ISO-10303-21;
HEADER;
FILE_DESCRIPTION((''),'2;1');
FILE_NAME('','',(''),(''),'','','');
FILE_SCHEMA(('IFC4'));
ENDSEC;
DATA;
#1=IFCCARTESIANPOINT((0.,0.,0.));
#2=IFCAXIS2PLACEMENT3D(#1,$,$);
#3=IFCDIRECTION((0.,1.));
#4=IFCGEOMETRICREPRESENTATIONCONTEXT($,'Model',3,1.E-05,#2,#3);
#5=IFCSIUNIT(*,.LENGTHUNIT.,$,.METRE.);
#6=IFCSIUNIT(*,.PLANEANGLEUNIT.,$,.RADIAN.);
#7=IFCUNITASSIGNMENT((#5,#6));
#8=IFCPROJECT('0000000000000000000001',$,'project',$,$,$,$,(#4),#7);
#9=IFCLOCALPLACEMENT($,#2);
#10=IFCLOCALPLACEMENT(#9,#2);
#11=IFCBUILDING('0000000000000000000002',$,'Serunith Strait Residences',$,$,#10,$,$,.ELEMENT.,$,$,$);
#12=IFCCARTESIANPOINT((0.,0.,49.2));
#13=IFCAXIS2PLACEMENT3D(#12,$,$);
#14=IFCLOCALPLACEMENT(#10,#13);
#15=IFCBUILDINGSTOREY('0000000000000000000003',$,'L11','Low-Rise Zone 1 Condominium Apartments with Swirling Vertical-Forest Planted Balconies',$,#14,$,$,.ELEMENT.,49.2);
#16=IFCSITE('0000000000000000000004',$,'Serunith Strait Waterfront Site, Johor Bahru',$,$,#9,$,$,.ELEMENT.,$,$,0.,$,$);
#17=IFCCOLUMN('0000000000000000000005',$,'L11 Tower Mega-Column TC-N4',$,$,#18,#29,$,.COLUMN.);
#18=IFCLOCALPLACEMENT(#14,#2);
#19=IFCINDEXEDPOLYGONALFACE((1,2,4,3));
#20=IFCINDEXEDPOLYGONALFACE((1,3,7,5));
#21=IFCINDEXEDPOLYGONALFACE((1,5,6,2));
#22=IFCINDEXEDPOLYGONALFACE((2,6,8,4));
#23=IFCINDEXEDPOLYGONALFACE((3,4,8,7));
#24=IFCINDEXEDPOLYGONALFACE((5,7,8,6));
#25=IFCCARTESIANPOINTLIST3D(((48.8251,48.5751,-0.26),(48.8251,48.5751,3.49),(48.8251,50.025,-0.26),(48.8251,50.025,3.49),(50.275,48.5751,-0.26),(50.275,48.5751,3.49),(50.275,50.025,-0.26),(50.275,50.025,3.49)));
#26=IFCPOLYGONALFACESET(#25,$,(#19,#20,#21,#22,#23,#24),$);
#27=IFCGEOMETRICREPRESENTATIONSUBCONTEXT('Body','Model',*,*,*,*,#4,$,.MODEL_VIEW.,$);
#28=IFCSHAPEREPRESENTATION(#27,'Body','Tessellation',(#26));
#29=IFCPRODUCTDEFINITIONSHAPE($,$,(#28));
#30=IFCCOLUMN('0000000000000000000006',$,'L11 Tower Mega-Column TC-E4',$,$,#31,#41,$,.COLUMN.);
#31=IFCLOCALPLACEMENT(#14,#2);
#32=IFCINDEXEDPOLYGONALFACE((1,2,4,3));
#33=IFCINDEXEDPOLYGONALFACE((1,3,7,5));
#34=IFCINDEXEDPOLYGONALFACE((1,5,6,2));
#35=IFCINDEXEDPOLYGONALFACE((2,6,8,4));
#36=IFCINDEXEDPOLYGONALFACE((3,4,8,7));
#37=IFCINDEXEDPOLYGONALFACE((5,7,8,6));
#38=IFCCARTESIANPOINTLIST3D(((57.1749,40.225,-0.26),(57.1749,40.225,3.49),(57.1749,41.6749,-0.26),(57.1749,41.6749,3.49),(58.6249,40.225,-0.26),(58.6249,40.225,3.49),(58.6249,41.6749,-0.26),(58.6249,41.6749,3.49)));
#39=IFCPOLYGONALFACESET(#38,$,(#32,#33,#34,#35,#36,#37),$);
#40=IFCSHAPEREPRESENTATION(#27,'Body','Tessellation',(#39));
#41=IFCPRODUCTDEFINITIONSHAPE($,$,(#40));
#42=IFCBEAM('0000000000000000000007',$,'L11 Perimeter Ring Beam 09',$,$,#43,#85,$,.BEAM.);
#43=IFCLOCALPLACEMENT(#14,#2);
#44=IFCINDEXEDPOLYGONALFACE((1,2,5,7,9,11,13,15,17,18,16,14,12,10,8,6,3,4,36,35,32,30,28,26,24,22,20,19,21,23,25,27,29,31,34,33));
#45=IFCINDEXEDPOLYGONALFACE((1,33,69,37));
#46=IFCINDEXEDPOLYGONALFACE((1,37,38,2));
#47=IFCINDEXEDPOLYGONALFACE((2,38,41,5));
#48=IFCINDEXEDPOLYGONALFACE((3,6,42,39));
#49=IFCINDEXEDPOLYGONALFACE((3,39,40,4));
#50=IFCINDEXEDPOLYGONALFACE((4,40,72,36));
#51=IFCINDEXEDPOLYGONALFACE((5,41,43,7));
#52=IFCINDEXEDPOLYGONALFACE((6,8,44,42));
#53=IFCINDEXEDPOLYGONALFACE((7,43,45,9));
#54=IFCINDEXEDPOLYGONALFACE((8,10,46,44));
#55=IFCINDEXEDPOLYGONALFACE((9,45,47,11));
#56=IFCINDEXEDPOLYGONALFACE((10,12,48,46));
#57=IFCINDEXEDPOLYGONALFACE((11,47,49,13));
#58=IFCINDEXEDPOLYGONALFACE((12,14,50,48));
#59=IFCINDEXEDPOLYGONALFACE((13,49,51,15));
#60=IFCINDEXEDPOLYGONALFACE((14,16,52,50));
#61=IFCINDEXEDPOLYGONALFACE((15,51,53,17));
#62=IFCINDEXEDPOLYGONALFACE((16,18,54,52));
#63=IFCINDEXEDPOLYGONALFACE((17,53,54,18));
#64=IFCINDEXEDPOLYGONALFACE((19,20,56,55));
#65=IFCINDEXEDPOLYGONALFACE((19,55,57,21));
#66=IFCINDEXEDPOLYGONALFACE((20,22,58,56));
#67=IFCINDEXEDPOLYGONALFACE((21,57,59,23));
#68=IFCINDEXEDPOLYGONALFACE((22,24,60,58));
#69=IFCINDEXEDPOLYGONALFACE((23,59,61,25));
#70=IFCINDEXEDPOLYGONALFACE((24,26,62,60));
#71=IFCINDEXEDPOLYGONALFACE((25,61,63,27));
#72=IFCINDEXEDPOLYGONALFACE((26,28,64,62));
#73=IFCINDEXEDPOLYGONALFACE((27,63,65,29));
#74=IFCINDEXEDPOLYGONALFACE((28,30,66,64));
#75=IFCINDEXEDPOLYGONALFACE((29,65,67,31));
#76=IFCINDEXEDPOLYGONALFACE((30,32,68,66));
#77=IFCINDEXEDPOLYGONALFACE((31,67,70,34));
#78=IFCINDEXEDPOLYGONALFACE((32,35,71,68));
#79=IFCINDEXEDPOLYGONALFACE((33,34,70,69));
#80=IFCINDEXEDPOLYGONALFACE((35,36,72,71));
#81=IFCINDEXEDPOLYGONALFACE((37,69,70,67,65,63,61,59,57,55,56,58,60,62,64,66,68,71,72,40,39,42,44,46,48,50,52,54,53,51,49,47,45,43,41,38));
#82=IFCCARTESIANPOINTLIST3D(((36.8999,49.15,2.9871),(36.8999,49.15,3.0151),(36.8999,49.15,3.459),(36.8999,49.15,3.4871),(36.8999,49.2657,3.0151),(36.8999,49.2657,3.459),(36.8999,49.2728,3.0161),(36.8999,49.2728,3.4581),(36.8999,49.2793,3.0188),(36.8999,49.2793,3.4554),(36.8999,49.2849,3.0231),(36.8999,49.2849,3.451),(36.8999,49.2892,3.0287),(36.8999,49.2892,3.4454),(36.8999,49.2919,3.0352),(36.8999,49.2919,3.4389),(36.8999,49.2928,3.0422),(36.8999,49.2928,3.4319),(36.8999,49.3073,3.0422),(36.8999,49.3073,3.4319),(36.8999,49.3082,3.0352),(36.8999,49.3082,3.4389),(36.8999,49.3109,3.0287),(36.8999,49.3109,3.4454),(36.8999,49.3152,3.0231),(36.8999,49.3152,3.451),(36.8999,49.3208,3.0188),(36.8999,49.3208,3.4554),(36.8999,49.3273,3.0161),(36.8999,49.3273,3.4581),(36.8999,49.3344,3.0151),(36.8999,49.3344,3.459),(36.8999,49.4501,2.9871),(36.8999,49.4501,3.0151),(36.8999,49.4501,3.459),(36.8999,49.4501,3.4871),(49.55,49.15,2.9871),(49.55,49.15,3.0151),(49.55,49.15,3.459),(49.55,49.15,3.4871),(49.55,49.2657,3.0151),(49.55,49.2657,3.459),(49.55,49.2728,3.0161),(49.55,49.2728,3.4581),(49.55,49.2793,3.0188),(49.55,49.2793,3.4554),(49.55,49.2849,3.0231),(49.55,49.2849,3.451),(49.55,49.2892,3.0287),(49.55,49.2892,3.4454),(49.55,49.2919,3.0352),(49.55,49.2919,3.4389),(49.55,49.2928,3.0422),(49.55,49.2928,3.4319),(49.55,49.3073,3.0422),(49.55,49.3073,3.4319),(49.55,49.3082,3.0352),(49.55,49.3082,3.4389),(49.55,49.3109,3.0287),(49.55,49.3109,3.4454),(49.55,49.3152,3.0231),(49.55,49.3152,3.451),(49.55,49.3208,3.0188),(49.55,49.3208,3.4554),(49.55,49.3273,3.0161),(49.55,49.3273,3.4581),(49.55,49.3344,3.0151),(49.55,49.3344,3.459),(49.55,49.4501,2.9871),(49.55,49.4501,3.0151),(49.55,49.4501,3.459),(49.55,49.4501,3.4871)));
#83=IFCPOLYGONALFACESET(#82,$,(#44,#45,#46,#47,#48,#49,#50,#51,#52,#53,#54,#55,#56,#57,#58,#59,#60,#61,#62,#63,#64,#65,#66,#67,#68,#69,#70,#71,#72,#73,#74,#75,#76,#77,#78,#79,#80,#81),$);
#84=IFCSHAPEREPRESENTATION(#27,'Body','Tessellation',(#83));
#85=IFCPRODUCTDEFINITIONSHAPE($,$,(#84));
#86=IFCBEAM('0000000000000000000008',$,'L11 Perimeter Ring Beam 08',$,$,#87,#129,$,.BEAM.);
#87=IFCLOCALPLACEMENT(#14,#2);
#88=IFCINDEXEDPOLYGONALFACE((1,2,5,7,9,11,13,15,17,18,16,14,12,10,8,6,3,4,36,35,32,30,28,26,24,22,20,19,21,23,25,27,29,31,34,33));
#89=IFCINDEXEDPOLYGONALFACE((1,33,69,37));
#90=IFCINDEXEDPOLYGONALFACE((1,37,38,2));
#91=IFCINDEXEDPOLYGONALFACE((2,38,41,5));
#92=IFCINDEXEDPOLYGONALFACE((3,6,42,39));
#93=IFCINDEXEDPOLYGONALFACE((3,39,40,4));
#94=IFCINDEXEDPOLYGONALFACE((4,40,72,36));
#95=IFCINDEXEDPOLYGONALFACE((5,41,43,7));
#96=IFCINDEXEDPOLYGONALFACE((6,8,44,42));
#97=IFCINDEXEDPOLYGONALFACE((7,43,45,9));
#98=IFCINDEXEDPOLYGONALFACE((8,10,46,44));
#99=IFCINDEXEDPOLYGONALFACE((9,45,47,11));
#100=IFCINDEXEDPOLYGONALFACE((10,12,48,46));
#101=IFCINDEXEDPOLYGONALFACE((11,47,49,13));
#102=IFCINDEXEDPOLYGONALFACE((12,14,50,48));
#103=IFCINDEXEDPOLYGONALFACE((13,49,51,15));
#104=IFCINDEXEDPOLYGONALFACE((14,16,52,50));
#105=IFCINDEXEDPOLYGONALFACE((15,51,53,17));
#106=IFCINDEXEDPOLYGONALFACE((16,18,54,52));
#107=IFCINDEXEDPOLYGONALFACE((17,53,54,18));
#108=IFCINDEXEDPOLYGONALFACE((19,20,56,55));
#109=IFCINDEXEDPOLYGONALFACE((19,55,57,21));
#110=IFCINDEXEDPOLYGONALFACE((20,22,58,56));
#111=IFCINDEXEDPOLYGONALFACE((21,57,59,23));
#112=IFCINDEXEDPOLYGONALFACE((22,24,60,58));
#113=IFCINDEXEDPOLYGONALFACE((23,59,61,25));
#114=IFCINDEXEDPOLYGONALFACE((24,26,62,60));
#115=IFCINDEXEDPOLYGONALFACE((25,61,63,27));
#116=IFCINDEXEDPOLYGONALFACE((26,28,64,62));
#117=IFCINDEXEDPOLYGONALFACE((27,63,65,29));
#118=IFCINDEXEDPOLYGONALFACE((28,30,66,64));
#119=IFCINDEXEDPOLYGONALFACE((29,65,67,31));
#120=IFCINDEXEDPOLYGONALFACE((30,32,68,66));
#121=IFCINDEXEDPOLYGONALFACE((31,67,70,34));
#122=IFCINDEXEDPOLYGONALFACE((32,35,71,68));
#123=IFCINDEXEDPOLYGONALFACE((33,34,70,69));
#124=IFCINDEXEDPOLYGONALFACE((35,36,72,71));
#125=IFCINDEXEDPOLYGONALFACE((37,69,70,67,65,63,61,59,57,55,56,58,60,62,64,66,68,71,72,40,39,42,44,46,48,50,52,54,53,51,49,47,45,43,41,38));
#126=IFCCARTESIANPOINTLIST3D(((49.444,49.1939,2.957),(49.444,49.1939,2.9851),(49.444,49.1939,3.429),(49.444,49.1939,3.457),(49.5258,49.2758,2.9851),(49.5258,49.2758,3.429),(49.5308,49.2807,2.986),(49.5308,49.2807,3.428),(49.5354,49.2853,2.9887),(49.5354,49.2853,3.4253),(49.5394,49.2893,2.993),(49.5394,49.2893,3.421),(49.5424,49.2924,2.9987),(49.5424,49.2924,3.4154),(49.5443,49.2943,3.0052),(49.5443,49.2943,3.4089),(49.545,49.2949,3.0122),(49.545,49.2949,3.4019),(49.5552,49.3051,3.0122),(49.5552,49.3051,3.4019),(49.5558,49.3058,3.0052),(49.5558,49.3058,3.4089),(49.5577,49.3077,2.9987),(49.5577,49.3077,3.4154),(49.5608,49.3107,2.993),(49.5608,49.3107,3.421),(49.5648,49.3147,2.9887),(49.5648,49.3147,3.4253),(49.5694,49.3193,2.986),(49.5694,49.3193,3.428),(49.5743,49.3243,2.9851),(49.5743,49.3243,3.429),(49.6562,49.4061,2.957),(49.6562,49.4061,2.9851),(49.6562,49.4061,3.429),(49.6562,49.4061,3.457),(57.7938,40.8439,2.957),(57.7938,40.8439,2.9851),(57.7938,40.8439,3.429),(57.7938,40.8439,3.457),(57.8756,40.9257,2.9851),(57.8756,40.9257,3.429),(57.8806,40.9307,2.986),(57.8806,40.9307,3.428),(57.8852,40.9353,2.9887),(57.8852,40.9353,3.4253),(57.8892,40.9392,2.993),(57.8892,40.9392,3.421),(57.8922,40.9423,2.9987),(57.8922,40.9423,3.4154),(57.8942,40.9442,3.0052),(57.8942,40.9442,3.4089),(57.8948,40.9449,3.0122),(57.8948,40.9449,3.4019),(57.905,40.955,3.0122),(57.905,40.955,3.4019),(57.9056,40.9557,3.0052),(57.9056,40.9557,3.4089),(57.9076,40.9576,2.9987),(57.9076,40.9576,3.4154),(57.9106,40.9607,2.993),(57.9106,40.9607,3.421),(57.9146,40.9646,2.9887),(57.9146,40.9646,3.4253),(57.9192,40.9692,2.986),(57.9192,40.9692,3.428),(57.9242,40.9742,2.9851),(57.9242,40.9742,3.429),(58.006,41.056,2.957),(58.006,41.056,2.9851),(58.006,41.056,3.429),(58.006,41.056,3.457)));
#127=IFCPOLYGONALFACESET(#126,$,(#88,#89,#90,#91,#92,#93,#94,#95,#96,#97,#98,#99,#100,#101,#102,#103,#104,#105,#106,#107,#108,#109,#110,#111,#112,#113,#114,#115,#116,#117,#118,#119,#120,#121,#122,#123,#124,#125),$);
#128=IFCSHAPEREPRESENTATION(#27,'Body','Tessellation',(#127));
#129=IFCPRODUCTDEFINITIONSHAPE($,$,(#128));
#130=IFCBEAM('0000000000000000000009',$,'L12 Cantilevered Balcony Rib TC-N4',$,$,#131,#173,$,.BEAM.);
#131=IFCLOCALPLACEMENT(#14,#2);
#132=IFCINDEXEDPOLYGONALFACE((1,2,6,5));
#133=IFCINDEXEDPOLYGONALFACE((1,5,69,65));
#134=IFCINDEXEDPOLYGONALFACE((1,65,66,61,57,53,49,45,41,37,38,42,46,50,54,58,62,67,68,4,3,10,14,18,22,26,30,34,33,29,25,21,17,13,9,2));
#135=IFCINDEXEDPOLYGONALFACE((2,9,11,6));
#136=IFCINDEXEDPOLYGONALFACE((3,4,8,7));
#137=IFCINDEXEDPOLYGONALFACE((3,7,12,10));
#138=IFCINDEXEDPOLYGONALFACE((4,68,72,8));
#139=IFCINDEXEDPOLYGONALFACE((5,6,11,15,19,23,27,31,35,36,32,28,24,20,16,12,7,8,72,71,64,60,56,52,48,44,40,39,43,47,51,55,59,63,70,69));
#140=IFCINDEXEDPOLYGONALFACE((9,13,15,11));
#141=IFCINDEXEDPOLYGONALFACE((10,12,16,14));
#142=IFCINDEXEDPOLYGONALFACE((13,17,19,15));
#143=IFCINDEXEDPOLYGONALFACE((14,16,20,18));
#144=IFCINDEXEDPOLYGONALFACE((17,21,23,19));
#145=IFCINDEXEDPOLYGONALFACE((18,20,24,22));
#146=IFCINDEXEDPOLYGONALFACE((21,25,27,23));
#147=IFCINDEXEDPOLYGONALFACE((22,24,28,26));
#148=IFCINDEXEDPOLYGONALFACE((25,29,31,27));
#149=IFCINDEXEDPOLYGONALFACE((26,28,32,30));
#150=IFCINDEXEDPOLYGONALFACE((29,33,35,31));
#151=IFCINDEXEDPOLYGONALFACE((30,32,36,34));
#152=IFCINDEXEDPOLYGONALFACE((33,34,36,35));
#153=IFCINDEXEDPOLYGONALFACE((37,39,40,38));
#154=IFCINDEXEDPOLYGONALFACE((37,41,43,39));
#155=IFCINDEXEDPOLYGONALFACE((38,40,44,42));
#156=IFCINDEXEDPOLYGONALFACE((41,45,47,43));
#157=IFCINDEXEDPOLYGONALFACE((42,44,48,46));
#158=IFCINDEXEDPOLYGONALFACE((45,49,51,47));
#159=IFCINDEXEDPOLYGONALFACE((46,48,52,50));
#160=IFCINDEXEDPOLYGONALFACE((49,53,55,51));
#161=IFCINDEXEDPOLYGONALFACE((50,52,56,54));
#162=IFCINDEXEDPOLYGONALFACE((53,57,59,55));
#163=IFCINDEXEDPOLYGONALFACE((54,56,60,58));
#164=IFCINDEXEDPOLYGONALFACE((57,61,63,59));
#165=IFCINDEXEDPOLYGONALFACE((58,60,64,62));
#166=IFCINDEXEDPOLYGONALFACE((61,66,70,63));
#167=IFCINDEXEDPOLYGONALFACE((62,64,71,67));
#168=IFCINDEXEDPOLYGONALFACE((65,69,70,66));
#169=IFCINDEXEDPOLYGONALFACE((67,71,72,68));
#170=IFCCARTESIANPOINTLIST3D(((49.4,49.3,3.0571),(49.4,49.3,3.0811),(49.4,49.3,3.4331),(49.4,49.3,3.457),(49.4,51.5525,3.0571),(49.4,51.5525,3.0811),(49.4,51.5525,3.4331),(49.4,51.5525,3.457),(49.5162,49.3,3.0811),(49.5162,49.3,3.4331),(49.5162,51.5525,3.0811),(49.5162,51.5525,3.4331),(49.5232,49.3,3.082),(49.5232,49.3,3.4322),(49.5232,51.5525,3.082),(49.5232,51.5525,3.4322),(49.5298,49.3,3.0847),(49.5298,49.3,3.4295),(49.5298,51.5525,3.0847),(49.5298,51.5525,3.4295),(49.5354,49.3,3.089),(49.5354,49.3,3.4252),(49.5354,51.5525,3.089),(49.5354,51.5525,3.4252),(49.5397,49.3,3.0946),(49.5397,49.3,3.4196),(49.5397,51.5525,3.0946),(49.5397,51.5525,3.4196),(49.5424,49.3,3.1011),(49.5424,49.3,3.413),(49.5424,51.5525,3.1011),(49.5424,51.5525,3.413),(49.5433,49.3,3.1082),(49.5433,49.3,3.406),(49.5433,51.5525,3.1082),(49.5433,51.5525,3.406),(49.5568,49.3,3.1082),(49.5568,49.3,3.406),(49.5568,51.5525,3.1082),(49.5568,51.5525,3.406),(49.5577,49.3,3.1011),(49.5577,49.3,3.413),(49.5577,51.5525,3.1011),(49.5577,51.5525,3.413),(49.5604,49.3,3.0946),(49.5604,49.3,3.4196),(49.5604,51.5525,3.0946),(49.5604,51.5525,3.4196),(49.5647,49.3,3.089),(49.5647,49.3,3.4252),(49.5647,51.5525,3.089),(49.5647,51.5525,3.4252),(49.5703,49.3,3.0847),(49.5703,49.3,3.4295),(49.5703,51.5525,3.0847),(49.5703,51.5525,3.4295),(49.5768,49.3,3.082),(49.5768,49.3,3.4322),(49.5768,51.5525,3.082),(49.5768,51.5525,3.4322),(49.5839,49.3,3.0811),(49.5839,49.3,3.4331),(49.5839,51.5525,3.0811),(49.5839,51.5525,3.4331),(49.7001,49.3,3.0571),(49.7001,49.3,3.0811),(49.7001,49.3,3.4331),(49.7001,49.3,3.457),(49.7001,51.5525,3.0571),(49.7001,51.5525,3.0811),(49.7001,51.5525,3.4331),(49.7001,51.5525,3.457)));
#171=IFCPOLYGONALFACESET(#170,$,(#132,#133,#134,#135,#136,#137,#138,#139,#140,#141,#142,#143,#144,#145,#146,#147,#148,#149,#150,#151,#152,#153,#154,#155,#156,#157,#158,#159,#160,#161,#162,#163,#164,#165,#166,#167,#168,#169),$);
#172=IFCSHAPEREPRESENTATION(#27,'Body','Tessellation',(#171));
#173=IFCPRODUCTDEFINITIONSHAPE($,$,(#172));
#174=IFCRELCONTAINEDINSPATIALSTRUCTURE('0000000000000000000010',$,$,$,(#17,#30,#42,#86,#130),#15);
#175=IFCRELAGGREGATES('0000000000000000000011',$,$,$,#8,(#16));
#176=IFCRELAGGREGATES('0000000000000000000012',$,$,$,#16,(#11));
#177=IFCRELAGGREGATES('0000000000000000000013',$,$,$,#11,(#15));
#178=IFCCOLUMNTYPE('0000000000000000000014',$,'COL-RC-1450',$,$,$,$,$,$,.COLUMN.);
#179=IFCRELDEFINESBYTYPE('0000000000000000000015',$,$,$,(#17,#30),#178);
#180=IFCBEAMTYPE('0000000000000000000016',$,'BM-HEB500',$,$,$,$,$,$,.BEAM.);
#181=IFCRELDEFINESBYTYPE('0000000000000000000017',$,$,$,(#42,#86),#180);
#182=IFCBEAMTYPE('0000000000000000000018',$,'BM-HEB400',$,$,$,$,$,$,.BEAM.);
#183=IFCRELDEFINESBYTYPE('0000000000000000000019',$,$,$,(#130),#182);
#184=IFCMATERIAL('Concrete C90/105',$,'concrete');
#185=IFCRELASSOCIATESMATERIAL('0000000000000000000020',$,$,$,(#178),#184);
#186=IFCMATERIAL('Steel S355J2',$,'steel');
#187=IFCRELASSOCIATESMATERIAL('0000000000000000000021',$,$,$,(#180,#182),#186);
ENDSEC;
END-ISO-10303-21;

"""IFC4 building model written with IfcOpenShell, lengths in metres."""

from ifc_helpers import new_model, si_unit, direction, frame, origin, origin_2d, place, context, subcontext, project, spatial, rectangle, i_section, extrude, source, transform, mapped, material, material_profile, profile_set, type_object, element, save


model = new_model("IFC4")

# Units and contexts
model_context = context("Model", 3, precision=1e-05, world=origin(), true_north=direction((0.0, 1.0)))
body_context = subcontext(model_context, "Body", "Model", "MODEL_VIEW")
ifc_project = project(units=[si_unit("LENGTHUNIT", "METRE"), si_unit("PLANEANGLEUNIT", "RADIAN")], contexts=[model_context])

# Site, building, storey
site_placement = place(None, origin())
site = spatial("IfcSite", under=ifc_project, at=site_placement, Name="Serunith Strait Waterfront Site, Johor Bahru", CompositionType="ELEMENT", RefElevation=0.0)
building_placement = place(site_placement, origin())
building = spatial("IfcBuilding", under=site, at=building_placement, Name="Serunith Strait Residences", CompositionType="ELEMENT")
storey_placement = place(building_placement, frame((0.0, 0.0, 49.2)))
storey = spatial("IfcBuildingStorey", under=building, at=storey_placement, Name="L11", Description="Low-Rise Zone 1 Condominium Apartments with Swirling Vertical-Forest Planted Balconies", CompositionType="ELEMENT", Elevation=49.2)

# Columns
ifc_material_1 = material(Name="Concrete C90/105", Category="concrete")
ifc_material_profile_1 = material_profile(ifc_material_1, rectangle(XDim=1.45, YDim=1.45, at=origin_2d()), Name="RC 1450x1450")
ifc_profile_set_1 = profile_set([ifc_material_profile_1], Name="Concrete C90/105")
column_type = type_object("IfcColumnType", Name="COL-RC-1450", PredefinedType="COLUMN", material=ifc_profile_set_1)
shared_shape_1 = source(origin(), body_context, "Body", "SweptSolid", [
    extrude(rectangle(XDim=1.45, YDim=1.45, at=origin_2d()), origin(), (0.0, 0.0, 1.0), 3.75),
])
for number, where, z_axis, x_axis, name in (
    (1, (49.55, 49.3, -0.26), (0.0, 0.0, 1.0), (1.0, 0.0, 0.0), "L11 Tower Mega-Column TC-N4"),
    (2, (57.8999, 40.95, -0.26), (0.0, 0.0, 1.0), (1.0, 0.0, 0.0), "L11 Tower Mega-Column TC-E4"),
):
    element("IfcColumn", number, at=place(storey_placement, frame(where, z_axis=z_axis, x_axis=x_axis)), inside=storey, type_object=column_type, Name=name, PredefinedType="COLUMN", context=body_context, shape_type="MappedRepresentation", body=[
        mapped(shared_shape_1, transform((0.0, 0.0, 0.0), scale=1.0)),
    ])

# Beams
ifc_material_2 = material(Name="Steel S355J2", Category="steel")
ifc_material_profile_2 = material_profile(ifc_material_2, i_section(OverallWidth=0.3, OverallDepth=0.5, WebThickness=0.0144, FlangeThickness=0.0281, FilletRadius=0.0271, at=origin_2d()), Name="HEB 500")
ifc_profile_set_2 = profile_set([ifc_material_profile_2], Name="Steel S355J2")
beam_type_1 = type_object("IfcBeamType", Name="BM-HEB500", PredefinedType="BEAM", material=ifc_profile_set_2)
shared_shape_2 = source(origin(), body_context, "Body", "SweptSolid", [
    extrude(i_section(OverallWidth=0.3, OverallDepth=0.5, WebThickness=0.0144, FlangeThickness=0.0281, FilletRadius=0.0271, at=origin_2d()), origin(), (0.0, 0.0, 1.0), 12.6501),
])
beam_1_placement = place(storey_placement, frame((49.55, 49.3, 3.2371), z_axis=(-1.0, 0.0, 0.0), x_axis=(0.0, -1.0, 0.0)))
element("IfcBeam", 3, at=beam_1_placement, inside=storey, type_object=beam_type_1, Name="L11 Perimeter Ring Beam 09", PredefinedType="BEAM", context=body_context, shape_type="MappedRepresentation", body=[
    mapped(shared_shape_2, transform((0.0, 0.0, 0.0), scale=1.0)),
])
shared_shape_3 = source(origin(), body_context, "Body", "SweptSolid", [
    extrude(i_section(OverallWidth=0.3, OverallDepth=0.5, WebThickness=0.0144, FlangeThickness=0.0281, FilletRadius=0.0271, at=origin_2d()), origin(), (0.0, 0.0, 1.0), 11.8086),
])
beam_2_placement = place(storey_placement, frame((57.8999, 40.95, 3.207), z_axis=(-0.707096, 0.707117, 0.0), x_axis=(-0.707117, -0.707096, 0.0)))
element("IfcBeam", 4, at=beam_2_placement, inside=storey, type_object=beam_type_1, Name="L11 Perimeter Ring Beam 08", PredefinedType="BEAM", context=body_context, shape_type="MappedRepresentation", body=[
    mapped(shared_shape_3, transform((0.0, 0.0, 0.0), scale=1.0)),
])
ifc_material_profile_3 = material_profile(ifc_material_2, i_section(OverallWidth=0.3, OverallDepth=0.3999, WebThickness=0.0134, FlangeThickness=0.0239, FilletRadius=0.0271, at=origin_2d()), Name="HEB 400")
ifc_profile_set_3 = profile_set([ifc_material_profile_3], Name="Steel S355J2")
beam_type_2 = type_object("IfcBeamType", Name="BM-HEB400", PredefinedType="BEAM", material=ifc_profile_set_3)
shared_shape_4 = source(origin(), body_context, "Body", "SweptSolid", [
    extrude(i_section(OverallWidth=0.3, OverallDepth=0.3999, WebThickness=0.0134, FlangeThickness=0.0239, FilletRadius=0.0271, at=origin_2d()), origin(), (0.0, 0.0, 1.0), 2.2524),
])
beam_3_placement = place(storey_placement, frame((49.55, 49.3, 3.2571), z_axis=(0.0, 1.0, 0.0), x_axis=(-1.0, 0.0, 0.0)))
element("IfcBeam", 5, at=beam_3_placement, inside=storey, type_object=beam_type_2, Name="L12 Cantilevered Balcony Rib TC-N4", PredefinedType="BEAM", context=body_context, shape_type="MappedRepresentation", body=[
    mapped(shared_shape_4, transform((0.0, 0.0, 0.0), scale=1.0)),
])

save(model, "model.ifc")
